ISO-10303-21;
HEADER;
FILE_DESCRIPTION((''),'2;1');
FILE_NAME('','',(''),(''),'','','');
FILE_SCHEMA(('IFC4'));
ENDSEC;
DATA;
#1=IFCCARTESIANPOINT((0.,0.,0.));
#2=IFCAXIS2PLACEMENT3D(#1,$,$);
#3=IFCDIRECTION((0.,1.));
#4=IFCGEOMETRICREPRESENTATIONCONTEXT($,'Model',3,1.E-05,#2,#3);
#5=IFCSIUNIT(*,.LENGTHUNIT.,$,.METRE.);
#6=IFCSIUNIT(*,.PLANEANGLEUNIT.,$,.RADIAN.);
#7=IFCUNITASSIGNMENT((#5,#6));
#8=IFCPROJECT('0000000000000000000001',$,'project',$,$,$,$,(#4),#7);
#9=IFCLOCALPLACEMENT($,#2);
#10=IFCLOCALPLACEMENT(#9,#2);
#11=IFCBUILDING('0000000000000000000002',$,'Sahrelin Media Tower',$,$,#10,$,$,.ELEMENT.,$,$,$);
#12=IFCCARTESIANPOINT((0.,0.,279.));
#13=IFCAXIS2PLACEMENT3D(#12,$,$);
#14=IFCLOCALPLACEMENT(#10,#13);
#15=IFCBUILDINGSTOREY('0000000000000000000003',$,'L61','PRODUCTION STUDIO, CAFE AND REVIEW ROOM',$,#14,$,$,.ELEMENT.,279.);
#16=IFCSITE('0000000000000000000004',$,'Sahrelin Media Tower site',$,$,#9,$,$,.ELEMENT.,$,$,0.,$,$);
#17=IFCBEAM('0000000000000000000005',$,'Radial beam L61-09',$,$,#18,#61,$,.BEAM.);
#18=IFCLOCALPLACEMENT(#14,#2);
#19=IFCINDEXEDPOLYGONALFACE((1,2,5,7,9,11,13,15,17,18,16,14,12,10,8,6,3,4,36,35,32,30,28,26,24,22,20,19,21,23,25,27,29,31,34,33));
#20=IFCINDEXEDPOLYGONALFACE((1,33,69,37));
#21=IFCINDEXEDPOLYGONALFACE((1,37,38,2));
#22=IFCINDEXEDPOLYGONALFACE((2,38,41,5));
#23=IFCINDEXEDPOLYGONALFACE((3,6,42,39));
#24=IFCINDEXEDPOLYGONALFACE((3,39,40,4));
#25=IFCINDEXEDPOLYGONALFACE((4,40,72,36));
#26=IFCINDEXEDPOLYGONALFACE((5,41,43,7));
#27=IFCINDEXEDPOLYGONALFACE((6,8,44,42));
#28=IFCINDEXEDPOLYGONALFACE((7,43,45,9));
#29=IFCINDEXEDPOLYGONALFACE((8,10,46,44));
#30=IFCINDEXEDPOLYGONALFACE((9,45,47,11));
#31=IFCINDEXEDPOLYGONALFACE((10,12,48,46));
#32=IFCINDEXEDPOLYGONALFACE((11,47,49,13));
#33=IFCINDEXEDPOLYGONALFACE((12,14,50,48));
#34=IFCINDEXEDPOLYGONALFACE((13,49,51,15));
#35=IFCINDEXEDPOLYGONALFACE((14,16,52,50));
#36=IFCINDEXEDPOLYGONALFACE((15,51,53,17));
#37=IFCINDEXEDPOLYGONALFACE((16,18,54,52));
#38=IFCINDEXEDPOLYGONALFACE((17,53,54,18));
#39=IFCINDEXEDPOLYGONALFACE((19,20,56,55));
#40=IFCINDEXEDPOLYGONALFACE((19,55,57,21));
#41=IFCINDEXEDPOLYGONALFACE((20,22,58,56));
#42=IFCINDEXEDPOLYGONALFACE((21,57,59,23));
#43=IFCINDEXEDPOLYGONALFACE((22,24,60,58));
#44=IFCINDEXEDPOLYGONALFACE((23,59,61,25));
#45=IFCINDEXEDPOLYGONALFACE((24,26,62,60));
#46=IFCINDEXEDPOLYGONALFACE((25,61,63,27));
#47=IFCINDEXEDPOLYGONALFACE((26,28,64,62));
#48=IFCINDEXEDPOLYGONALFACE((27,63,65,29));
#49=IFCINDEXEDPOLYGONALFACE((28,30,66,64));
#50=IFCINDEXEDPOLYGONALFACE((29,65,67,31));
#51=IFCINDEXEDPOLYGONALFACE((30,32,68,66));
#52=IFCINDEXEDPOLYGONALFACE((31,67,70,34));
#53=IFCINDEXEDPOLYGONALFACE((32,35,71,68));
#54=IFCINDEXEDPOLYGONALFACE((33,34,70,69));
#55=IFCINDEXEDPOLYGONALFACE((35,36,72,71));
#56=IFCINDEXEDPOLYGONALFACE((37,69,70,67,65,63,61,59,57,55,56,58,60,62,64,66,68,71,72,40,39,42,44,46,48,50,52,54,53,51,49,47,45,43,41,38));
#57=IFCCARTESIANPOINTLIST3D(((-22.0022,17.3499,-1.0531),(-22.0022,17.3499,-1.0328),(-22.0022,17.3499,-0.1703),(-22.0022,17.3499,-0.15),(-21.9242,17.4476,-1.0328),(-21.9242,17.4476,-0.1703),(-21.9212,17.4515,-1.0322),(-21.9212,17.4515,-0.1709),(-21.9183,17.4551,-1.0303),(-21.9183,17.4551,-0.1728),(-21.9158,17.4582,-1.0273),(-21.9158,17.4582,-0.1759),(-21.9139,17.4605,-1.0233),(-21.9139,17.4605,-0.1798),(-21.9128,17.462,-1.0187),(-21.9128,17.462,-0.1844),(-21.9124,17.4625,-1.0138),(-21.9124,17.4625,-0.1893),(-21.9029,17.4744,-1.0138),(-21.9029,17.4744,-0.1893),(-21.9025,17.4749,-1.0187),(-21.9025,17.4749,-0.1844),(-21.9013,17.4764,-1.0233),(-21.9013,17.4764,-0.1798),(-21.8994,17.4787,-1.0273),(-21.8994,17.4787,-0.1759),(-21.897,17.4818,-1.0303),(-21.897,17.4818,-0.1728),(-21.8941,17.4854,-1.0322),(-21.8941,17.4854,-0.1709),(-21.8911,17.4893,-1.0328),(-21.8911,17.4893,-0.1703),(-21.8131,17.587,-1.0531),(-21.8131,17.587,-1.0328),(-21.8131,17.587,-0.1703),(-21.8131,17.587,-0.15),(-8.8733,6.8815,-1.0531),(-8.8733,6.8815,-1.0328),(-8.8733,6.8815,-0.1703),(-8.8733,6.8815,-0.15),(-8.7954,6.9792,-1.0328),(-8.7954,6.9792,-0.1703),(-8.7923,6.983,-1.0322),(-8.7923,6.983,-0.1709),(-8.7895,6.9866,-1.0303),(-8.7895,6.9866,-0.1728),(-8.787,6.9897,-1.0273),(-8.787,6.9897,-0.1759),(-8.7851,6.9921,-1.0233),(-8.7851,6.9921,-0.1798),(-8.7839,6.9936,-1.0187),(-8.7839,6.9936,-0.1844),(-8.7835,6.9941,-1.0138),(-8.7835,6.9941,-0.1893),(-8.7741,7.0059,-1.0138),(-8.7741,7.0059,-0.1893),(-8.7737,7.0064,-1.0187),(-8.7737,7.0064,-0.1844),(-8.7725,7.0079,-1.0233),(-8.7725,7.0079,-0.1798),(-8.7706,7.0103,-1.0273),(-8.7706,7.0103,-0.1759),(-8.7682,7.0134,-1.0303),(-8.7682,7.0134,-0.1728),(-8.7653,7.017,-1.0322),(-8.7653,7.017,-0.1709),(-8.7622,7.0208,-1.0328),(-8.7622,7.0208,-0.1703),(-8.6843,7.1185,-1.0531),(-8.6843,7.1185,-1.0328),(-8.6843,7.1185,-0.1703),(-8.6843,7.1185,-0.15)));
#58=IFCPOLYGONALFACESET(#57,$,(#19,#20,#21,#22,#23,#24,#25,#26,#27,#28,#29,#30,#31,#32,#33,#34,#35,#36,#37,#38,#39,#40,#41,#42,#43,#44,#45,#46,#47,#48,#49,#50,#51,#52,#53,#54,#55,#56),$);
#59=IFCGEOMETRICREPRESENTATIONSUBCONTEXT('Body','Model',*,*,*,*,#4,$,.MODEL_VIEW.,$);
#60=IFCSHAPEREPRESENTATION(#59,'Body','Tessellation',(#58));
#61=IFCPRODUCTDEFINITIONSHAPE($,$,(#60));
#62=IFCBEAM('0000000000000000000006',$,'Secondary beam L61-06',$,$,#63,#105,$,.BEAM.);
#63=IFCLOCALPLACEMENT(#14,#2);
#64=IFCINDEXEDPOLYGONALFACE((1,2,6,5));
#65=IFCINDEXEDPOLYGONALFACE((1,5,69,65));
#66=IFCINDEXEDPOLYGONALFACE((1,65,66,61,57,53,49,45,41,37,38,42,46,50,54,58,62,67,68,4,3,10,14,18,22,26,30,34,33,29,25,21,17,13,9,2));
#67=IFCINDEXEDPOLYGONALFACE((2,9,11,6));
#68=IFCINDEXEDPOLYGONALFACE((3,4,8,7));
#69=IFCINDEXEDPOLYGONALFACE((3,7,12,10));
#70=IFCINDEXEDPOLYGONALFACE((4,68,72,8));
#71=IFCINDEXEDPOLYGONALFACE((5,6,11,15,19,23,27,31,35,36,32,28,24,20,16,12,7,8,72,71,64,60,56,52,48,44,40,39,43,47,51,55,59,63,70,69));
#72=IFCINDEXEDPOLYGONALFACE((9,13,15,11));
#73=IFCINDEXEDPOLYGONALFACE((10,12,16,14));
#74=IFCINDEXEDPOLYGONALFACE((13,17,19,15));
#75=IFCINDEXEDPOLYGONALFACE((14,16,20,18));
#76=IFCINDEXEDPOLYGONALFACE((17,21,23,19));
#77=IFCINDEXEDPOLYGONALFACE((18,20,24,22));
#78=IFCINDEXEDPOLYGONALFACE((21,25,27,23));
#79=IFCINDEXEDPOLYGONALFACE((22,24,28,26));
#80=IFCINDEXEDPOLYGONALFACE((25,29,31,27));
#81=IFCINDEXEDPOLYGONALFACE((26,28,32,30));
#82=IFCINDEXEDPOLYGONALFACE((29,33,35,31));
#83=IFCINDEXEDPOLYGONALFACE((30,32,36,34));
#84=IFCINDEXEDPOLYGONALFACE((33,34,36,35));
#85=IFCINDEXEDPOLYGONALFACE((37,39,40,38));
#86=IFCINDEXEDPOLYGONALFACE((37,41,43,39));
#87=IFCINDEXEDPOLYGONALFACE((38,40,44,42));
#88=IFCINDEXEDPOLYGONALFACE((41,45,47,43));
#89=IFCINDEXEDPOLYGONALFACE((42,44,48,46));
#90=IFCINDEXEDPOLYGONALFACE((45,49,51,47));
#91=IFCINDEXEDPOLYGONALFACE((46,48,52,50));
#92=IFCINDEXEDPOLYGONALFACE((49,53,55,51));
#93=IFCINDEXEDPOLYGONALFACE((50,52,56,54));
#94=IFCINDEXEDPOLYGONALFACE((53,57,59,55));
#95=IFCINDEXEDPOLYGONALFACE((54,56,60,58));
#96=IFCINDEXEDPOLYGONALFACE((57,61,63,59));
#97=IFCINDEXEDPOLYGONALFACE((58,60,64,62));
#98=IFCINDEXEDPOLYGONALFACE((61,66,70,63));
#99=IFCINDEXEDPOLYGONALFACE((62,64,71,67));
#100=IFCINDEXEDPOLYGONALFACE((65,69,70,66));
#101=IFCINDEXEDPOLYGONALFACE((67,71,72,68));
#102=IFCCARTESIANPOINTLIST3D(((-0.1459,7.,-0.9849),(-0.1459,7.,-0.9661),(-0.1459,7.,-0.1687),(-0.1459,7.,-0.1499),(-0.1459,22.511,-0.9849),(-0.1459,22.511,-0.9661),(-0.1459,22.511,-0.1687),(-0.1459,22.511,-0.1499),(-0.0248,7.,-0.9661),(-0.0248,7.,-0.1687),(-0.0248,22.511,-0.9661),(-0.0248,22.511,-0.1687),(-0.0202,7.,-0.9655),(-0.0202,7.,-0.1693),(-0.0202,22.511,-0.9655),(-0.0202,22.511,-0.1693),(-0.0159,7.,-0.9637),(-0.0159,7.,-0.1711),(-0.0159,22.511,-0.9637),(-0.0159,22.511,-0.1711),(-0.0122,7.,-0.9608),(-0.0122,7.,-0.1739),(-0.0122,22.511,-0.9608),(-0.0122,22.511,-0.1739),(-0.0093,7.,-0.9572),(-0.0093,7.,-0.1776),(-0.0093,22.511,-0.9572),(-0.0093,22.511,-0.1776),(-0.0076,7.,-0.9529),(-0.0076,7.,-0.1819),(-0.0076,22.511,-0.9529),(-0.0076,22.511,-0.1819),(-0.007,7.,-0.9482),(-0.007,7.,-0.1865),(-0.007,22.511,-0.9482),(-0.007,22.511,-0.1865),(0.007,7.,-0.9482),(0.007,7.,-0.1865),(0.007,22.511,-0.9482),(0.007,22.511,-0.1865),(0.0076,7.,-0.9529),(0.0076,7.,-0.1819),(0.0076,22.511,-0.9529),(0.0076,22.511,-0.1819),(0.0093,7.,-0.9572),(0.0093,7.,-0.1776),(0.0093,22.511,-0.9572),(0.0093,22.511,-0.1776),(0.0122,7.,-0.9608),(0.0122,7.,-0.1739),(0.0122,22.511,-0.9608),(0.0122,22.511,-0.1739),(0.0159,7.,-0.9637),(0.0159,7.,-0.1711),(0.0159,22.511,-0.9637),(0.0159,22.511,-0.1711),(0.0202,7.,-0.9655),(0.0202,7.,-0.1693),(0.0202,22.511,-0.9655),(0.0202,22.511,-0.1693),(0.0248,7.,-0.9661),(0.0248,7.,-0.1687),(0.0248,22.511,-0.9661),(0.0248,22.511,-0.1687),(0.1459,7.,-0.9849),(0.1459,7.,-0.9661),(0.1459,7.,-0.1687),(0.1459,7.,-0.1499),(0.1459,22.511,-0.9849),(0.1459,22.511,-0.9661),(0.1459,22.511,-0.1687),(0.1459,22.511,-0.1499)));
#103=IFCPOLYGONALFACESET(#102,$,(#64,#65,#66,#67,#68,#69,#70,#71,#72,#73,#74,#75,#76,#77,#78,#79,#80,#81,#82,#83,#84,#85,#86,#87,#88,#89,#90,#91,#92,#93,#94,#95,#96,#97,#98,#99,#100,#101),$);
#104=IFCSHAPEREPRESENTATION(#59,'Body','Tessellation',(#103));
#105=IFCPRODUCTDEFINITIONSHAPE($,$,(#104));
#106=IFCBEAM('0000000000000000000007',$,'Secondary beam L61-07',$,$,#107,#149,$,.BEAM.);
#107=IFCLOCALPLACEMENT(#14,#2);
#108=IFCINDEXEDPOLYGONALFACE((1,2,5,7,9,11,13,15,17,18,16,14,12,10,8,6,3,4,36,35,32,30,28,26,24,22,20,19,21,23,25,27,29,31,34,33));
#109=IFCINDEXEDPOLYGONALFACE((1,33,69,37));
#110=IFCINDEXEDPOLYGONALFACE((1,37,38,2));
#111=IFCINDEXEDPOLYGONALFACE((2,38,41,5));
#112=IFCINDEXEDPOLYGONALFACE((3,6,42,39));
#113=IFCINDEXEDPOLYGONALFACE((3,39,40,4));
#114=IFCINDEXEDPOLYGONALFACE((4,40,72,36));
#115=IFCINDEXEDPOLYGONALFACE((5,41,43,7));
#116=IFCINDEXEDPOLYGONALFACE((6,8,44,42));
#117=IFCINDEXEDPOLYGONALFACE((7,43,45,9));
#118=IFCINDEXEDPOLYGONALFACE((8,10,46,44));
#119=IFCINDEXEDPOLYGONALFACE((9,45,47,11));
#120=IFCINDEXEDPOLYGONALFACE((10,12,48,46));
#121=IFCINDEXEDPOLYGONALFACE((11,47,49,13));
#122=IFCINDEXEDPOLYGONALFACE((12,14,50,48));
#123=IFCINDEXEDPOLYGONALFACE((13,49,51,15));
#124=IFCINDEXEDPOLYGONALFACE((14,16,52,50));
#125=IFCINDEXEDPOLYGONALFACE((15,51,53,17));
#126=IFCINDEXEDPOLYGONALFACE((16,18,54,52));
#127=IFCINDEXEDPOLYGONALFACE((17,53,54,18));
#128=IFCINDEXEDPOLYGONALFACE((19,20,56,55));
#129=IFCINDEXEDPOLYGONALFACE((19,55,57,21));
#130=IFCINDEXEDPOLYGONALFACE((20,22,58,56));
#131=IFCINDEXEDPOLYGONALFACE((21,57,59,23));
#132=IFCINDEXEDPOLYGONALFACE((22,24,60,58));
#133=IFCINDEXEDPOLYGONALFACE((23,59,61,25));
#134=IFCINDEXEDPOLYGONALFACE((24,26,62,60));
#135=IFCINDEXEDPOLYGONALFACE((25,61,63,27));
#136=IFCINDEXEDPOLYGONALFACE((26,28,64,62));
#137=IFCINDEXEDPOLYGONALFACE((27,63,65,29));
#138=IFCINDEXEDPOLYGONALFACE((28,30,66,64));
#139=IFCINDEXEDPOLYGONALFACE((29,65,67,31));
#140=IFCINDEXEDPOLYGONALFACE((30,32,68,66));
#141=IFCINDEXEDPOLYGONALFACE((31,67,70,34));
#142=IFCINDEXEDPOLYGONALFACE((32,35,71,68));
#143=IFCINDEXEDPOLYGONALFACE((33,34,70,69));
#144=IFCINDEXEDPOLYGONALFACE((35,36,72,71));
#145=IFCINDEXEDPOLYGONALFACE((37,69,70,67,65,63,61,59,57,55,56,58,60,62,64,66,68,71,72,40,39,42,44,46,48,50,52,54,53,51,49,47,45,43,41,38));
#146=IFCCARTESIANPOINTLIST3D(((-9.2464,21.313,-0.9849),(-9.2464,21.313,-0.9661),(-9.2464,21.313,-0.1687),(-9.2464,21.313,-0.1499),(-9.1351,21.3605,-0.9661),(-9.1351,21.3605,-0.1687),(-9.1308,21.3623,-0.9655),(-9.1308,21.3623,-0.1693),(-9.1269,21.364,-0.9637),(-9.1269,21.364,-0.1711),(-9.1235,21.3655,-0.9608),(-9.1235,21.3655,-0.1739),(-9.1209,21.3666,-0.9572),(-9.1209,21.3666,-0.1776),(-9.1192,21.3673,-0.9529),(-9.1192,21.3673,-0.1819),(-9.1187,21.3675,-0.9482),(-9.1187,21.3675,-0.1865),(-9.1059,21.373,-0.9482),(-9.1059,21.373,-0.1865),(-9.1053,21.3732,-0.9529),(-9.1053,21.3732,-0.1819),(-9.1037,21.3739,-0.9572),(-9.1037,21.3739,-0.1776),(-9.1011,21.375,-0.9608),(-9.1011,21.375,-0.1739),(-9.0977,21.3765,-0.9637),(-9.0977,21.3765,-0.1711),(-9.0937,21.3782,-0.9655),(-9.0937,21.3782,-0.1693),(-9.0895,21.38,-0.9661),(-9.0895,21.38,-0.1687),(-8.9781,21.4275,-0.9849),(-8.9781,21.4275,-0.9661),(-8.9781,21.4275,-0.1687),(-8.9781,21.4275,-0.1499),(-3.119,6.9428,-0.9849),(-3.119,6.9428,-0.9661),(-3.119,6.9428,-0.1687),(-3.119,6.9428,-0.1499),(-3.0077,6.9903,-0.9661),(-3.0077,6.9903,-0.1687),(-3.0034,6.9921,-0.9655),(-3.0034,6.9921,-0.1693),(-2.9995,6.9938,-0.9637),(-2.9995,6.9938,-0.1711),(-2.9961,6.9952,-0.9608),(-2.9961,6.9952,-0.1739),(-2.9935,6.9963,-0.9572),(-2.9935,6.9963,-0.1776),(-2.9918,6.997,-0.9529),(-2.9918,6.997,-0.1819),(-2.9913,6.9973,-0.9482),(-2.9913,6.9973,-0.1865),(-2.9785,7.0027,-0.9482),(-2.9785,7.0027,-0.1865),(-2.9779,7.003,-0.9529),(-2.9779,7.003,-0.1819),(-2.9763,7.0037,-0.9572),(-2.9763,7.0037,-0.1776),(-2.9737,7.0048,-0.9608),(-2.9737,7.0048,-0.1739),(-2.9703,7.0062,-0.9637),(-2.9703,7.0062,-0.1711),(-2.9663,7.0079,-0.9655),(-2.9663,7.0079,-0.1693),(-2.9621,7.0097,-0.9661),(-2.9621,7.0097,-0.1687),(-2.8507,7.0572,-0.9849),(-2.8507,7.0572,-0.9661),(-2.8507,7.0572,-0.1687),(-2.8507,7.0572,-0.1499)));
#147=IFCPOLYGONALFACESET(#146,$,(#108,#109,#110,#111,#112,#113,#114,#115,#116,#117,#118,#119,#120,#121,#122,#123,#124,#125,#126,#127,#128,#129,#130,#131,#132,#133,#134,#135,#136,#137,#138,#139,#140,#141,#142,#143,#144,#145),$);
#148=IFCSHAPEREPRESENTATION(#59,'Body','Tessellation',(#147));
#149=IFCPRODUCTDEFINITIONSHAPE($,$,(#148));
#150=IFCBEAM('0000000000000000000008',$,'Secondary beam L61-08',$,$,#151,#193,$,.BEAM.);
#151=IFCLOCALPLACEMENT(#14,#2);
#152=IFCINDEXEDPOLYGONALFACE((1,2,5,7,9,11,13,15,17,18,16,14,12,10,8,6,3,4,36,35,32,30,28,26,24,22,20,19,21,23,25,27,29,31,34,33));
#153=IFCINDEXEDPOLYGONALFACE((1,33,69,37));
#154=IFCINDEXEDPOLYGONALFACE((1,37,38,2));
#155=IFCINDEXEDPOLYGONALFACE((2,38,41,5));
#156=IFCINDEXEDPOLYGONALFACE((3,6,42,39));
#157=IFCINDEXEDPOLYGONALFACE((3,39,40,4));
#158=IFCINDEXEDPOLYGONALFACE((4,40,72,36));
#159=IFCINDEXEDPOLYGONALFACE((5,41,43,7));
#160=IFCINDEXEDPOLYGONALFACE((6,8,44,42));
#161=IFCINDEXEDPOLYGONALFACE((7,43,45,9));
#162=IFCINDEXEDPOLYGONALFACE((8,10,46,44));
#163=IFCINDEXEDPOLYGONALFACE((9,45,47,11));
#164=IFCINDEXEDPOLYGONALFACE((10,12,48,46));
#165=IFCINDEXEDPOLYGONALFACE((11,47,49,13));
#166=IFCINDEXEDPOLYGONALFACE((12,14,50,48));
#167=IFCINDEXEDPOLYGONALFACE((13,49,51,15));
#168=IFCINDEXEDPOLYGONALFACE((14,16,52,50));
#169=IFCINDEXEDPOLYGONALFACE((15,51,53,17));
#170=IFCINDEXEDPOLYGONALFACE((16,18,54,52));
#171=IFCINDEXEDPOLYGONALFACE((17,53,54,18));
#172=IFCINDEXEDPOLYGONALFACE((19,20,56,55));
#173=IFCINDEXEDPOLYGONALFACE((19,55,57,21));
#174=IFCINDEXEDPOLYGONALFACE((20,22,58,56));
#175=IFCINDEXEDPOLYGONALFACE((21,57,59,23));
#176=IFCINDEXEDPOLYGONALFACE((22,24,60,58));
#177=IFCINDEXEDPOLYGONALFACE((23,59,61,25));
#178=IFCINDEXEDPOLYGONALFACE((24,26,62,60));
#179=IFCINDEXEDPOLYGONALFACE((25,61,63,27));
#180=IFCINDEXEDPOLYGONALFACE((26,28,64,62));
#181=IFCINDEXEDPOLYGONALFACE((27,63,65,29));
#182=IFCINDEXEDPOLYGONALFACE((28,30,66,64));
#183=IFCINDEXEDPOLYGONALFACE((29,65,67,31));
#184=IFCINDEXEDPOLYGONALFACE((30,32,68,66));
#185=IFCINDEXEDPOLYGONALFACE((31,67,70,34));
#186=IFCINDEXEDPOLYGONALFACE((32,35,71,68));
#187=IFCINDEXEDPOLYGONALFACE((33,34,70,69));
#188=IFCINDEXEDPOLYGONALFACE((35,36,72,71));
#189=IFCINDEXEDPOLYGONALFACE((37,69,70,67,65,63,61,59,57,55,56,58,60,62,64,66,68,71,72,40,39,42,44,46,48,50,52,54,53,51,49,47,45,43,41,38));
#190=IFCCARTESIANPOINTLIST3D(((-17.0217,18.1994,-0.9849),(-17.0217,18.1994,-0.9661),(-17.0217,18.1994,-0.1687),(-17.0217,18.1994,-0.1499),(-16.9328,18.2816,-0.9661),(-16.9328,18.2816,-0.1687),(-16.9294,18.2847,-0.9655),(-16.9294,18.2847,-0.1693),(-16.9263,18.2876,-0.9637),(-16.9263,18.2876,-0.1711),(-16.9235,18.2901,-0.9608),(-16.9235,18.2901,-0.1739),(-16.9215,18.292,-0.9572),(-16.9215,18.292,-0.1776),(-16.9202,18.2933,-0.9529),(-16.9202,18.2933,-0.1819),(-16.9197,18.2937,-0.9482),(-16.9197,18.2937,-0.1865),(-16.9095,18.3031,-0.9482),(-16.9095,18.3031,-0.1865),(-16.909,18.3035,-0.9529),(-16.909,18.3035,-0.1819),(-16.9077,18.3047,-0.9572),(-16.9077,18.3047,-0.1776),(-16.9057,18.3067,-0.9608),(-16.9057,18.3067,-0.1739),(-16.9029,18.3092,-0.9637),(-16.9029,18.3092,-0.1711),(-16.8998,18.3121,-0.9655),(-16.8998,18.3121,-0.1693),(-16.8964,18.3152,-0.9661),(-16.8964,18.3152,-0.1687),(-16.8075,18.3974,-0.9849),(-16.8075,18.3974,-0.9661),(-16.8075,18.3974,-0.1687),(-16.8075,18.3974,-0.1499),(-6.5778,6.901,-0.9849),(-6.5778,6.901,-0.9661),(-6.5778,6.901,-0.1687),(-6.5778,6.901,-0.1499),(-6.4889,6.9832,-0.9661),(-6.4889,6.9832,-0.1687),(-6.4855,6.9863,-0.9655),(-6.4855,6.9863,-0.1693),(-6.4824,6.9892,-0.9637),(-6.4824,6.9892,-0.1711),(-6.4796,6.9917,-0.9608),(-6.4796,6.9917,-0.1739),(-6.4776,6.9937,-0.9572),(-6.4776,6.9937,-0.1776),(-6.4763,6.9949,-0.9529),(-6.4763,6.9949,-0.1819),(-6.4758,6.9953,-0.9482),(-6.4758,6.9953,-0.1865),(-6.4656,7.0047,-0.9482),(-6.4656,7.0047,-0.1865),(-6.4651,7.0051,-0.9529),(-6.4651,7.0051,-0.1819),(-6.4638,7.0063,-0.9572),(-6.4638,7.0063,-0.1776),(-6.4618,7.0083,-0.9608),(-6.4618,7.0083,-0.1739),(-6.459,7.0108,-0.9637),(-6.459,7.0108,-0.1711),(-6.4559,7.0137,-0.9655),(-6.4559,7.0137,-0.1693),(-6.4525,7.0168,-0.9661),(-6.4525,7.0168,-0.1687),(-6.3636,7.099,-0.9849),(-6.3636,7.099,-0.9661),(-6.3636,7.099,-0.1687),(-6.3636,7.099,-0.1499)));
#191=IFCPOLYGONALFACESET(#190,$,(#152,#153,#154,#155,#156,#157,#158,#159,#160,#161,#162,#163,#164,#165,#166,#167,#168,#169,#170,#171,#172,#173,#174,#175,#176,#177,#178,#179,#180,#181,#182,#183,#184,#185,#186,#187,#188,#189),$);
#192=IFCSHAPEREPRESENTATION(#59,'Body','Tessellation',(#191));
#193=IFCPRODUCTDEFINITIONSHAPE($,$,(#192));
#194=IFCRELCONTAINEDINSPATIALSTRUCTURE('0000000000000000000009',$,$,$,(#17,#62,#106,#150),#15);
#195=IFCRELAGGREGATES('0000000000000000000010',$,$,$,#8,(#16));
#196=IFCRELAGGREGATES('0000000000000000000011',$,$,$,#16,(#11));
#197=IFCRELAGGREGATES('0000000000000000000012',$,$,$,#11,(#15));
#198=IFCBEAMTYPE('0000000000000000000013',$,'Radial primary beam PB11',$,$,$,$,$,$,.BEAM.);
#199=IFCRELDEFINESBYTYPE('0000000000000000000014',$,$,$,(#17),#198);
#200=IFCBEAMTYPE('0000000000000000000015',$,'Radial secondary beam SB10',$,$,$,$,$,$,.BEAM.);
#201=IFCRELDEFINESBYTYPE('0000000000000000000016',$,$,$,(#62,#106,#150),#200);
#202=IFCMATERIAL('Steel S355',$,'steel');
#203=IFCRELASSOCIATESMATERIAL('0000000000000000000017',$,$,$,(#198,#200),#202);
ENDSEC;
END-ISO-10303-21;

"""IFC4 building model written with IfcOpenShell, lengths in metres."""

from ifc_helpers import new_model, si_unit, direction, frame, origin, origin_2d, place, context, subcontext, project, spatial, i_section, extrude, material, material_profile, profile_set, type_object, element, save


model = new_model("IFC4")

# Units and contexts
model_context = context("Model", 3, precision=1e-05, world=origin(), true_north=direction((0.0, 1.0)))
body_context = subcontext(model_context, "Body", "Model", "MODEL_VIEW")
ifc_project = project(units=[si_unit("LENGTHUNIT", "METRE"), si_unit("PLANEANGLEUNIT", "RADIAN")], contexts=[model_context])

# Site, building, storey
site_placement = place(None, origin())
site = spatial("IfcSite", under=ifc_project, at=site_placement, Name="Sahrelin Media Tower site", CompositionType="ELEMENT", RefElevation=0.0)
building_placement = place(site_placement, origin())
building = spatial("IfcBuilding", under=site, at=building_placement, Name="Sahrelin Media Tower", CompositionType="ELEMENT")
storey_placement = place(building_placement, frame((0.0, 0.0, 279.0)))
storey = spatial("IfcBuildingStorey", under=building, at=storey_placement, Name="L61", Description="PRODUCTION STUDIO, CAFE AND REVIEW ROOM", CompositionType="ELEMENT", Elevation=279.0)

# Shared definitions
ifc_material_1 = material(Name="Steel S355", Category="steel")

# Beams
ifc_material_profile_1 = material_profile(ifc_material_1, i_section(OverallWidth=0.3032, OverallDepth=0.9031, WebThickness=0.0151, FlangeThickness=0.0203, FilletRadius=0.019, at=origin_2d()), Name="UB 914x305x201")
ifc_profile_set_1 = profile_set([ifc_material_profile_1], Name="Steel S355")
beam_type_1 = type_object("IfcBeamType", Name="Radial primary beam PB11", PredefinedType="BEAM", material=ifc_profile_set_1)
beam_1_placement = place(storey_placement, frame((-8.7788, 7.0, -0.6016), z_axis=(-0.781874, 0.623437, 0.0), x_axis=(-0.623437, -0.781874, 0.0)))
element("IfcBeam", 1, at=beam_1_placement, inside=storey, type_object=beam_type_1, Name="Radial beam L61-09", PredefinedType="BEAM", context=body_context, shape_type="SweptSolid", body=[
    extrude(i_section(OverallWidth=0.3032, OverallDepth=0.9031, WebThickness=0.0151, FlangeThickness=0.0203, FilletRadius=0.019, at=origin_2d()), origin(), (0.0, 0.0, 1.0), 16.7915),
])
ifc_material_profile_2 = material_profile(ifc_material_1, i_section(OverallWidth=0.2917, OverallDepth=0.835, WebThickness=0.0139, FlangeThickness=0.0188, FilletRadius=0.0178, at=origin_2d()), Name="UB 838x292x176")
ifc_profile_set_2 = profile_set([ifc_material_profile_2], Name="Steel S355")
beam_type_2 = type_object("IfcBeamType", Name="Radial secondary beam SB10", PredefinedType="BEAM", material=ifc_profile_set_2)
beam_2_placement = place(storey_placement, frame((0.0, 7.0, -0.5674), z_axis=(0.0, 1.0, 0.0), x_axis=(-1.0, 0.0, 0.0)))
element("IfcBeam", 2, at=beam_2_placement, inside=storey, type_object=beam_type_2, Name="Secondary beam L61-06", PredefinedType="BEAM", context=body_context, shape_type="SweptSolid", body=[
    extrude(i_section(OverallWidth=0.2917, OverallDepth=0.835, WebThickness=0.0139, FlangeThickness=0.0188, FilletRadius=0.0178, at=origin_2d()), origin(), (0.0, 0.0, 1.0), 15.511),
])
beam_3_placement = place(storey_placement, frame((-2.9849, 7.0, -0.5674), z_axis=(-0.392227, 0.919869, 0.0), x_axis=(-0.919869, -0.392227, 0.0)))
element("IfcBeam", 3, at=beam_3_placement, inside=storey, type_object=beam_type_2, Name="Secondary beam L61-07", PredefinedType="BEAM", context=body_context, shape_type="SweptSolid", body=[
    extrude(i_section(OverallWidth=0.2917, OverallDepth=0.835, WebThickness=0.0139, FlangeThickness=0.0188, FilletRadius=0.0178, at=origin_2d()), origin(), (0.0, 0.0, 1.0), 15.6221),
])
beam_4_placement = place(storey_placement, frame((-6.4707, 7.0, -0.5674), z_axis=(-0.678793, 0.73433, 0.0), x_axis=(-0.73433, -0.678793, 0.0)))
element("IfcBeam", 4, at=beam_4_placement, inside=storey, type_object=beam_type_2, Name="Secondary beam L61-08", PredefinedType="BEAM", context=body_context, shape_type="SweptSolid", body=[
    extrude(i_section(OverallWidth=0.2917, OverallDepth=0.835, WebThickness=0.0139, FlangeThickness=0.0188, FilletRadius=0.0178, at=origin_2d()), origin(), (0.0, 0.0, 1.0), 15.386),
])

save(model, "model.ifc")
